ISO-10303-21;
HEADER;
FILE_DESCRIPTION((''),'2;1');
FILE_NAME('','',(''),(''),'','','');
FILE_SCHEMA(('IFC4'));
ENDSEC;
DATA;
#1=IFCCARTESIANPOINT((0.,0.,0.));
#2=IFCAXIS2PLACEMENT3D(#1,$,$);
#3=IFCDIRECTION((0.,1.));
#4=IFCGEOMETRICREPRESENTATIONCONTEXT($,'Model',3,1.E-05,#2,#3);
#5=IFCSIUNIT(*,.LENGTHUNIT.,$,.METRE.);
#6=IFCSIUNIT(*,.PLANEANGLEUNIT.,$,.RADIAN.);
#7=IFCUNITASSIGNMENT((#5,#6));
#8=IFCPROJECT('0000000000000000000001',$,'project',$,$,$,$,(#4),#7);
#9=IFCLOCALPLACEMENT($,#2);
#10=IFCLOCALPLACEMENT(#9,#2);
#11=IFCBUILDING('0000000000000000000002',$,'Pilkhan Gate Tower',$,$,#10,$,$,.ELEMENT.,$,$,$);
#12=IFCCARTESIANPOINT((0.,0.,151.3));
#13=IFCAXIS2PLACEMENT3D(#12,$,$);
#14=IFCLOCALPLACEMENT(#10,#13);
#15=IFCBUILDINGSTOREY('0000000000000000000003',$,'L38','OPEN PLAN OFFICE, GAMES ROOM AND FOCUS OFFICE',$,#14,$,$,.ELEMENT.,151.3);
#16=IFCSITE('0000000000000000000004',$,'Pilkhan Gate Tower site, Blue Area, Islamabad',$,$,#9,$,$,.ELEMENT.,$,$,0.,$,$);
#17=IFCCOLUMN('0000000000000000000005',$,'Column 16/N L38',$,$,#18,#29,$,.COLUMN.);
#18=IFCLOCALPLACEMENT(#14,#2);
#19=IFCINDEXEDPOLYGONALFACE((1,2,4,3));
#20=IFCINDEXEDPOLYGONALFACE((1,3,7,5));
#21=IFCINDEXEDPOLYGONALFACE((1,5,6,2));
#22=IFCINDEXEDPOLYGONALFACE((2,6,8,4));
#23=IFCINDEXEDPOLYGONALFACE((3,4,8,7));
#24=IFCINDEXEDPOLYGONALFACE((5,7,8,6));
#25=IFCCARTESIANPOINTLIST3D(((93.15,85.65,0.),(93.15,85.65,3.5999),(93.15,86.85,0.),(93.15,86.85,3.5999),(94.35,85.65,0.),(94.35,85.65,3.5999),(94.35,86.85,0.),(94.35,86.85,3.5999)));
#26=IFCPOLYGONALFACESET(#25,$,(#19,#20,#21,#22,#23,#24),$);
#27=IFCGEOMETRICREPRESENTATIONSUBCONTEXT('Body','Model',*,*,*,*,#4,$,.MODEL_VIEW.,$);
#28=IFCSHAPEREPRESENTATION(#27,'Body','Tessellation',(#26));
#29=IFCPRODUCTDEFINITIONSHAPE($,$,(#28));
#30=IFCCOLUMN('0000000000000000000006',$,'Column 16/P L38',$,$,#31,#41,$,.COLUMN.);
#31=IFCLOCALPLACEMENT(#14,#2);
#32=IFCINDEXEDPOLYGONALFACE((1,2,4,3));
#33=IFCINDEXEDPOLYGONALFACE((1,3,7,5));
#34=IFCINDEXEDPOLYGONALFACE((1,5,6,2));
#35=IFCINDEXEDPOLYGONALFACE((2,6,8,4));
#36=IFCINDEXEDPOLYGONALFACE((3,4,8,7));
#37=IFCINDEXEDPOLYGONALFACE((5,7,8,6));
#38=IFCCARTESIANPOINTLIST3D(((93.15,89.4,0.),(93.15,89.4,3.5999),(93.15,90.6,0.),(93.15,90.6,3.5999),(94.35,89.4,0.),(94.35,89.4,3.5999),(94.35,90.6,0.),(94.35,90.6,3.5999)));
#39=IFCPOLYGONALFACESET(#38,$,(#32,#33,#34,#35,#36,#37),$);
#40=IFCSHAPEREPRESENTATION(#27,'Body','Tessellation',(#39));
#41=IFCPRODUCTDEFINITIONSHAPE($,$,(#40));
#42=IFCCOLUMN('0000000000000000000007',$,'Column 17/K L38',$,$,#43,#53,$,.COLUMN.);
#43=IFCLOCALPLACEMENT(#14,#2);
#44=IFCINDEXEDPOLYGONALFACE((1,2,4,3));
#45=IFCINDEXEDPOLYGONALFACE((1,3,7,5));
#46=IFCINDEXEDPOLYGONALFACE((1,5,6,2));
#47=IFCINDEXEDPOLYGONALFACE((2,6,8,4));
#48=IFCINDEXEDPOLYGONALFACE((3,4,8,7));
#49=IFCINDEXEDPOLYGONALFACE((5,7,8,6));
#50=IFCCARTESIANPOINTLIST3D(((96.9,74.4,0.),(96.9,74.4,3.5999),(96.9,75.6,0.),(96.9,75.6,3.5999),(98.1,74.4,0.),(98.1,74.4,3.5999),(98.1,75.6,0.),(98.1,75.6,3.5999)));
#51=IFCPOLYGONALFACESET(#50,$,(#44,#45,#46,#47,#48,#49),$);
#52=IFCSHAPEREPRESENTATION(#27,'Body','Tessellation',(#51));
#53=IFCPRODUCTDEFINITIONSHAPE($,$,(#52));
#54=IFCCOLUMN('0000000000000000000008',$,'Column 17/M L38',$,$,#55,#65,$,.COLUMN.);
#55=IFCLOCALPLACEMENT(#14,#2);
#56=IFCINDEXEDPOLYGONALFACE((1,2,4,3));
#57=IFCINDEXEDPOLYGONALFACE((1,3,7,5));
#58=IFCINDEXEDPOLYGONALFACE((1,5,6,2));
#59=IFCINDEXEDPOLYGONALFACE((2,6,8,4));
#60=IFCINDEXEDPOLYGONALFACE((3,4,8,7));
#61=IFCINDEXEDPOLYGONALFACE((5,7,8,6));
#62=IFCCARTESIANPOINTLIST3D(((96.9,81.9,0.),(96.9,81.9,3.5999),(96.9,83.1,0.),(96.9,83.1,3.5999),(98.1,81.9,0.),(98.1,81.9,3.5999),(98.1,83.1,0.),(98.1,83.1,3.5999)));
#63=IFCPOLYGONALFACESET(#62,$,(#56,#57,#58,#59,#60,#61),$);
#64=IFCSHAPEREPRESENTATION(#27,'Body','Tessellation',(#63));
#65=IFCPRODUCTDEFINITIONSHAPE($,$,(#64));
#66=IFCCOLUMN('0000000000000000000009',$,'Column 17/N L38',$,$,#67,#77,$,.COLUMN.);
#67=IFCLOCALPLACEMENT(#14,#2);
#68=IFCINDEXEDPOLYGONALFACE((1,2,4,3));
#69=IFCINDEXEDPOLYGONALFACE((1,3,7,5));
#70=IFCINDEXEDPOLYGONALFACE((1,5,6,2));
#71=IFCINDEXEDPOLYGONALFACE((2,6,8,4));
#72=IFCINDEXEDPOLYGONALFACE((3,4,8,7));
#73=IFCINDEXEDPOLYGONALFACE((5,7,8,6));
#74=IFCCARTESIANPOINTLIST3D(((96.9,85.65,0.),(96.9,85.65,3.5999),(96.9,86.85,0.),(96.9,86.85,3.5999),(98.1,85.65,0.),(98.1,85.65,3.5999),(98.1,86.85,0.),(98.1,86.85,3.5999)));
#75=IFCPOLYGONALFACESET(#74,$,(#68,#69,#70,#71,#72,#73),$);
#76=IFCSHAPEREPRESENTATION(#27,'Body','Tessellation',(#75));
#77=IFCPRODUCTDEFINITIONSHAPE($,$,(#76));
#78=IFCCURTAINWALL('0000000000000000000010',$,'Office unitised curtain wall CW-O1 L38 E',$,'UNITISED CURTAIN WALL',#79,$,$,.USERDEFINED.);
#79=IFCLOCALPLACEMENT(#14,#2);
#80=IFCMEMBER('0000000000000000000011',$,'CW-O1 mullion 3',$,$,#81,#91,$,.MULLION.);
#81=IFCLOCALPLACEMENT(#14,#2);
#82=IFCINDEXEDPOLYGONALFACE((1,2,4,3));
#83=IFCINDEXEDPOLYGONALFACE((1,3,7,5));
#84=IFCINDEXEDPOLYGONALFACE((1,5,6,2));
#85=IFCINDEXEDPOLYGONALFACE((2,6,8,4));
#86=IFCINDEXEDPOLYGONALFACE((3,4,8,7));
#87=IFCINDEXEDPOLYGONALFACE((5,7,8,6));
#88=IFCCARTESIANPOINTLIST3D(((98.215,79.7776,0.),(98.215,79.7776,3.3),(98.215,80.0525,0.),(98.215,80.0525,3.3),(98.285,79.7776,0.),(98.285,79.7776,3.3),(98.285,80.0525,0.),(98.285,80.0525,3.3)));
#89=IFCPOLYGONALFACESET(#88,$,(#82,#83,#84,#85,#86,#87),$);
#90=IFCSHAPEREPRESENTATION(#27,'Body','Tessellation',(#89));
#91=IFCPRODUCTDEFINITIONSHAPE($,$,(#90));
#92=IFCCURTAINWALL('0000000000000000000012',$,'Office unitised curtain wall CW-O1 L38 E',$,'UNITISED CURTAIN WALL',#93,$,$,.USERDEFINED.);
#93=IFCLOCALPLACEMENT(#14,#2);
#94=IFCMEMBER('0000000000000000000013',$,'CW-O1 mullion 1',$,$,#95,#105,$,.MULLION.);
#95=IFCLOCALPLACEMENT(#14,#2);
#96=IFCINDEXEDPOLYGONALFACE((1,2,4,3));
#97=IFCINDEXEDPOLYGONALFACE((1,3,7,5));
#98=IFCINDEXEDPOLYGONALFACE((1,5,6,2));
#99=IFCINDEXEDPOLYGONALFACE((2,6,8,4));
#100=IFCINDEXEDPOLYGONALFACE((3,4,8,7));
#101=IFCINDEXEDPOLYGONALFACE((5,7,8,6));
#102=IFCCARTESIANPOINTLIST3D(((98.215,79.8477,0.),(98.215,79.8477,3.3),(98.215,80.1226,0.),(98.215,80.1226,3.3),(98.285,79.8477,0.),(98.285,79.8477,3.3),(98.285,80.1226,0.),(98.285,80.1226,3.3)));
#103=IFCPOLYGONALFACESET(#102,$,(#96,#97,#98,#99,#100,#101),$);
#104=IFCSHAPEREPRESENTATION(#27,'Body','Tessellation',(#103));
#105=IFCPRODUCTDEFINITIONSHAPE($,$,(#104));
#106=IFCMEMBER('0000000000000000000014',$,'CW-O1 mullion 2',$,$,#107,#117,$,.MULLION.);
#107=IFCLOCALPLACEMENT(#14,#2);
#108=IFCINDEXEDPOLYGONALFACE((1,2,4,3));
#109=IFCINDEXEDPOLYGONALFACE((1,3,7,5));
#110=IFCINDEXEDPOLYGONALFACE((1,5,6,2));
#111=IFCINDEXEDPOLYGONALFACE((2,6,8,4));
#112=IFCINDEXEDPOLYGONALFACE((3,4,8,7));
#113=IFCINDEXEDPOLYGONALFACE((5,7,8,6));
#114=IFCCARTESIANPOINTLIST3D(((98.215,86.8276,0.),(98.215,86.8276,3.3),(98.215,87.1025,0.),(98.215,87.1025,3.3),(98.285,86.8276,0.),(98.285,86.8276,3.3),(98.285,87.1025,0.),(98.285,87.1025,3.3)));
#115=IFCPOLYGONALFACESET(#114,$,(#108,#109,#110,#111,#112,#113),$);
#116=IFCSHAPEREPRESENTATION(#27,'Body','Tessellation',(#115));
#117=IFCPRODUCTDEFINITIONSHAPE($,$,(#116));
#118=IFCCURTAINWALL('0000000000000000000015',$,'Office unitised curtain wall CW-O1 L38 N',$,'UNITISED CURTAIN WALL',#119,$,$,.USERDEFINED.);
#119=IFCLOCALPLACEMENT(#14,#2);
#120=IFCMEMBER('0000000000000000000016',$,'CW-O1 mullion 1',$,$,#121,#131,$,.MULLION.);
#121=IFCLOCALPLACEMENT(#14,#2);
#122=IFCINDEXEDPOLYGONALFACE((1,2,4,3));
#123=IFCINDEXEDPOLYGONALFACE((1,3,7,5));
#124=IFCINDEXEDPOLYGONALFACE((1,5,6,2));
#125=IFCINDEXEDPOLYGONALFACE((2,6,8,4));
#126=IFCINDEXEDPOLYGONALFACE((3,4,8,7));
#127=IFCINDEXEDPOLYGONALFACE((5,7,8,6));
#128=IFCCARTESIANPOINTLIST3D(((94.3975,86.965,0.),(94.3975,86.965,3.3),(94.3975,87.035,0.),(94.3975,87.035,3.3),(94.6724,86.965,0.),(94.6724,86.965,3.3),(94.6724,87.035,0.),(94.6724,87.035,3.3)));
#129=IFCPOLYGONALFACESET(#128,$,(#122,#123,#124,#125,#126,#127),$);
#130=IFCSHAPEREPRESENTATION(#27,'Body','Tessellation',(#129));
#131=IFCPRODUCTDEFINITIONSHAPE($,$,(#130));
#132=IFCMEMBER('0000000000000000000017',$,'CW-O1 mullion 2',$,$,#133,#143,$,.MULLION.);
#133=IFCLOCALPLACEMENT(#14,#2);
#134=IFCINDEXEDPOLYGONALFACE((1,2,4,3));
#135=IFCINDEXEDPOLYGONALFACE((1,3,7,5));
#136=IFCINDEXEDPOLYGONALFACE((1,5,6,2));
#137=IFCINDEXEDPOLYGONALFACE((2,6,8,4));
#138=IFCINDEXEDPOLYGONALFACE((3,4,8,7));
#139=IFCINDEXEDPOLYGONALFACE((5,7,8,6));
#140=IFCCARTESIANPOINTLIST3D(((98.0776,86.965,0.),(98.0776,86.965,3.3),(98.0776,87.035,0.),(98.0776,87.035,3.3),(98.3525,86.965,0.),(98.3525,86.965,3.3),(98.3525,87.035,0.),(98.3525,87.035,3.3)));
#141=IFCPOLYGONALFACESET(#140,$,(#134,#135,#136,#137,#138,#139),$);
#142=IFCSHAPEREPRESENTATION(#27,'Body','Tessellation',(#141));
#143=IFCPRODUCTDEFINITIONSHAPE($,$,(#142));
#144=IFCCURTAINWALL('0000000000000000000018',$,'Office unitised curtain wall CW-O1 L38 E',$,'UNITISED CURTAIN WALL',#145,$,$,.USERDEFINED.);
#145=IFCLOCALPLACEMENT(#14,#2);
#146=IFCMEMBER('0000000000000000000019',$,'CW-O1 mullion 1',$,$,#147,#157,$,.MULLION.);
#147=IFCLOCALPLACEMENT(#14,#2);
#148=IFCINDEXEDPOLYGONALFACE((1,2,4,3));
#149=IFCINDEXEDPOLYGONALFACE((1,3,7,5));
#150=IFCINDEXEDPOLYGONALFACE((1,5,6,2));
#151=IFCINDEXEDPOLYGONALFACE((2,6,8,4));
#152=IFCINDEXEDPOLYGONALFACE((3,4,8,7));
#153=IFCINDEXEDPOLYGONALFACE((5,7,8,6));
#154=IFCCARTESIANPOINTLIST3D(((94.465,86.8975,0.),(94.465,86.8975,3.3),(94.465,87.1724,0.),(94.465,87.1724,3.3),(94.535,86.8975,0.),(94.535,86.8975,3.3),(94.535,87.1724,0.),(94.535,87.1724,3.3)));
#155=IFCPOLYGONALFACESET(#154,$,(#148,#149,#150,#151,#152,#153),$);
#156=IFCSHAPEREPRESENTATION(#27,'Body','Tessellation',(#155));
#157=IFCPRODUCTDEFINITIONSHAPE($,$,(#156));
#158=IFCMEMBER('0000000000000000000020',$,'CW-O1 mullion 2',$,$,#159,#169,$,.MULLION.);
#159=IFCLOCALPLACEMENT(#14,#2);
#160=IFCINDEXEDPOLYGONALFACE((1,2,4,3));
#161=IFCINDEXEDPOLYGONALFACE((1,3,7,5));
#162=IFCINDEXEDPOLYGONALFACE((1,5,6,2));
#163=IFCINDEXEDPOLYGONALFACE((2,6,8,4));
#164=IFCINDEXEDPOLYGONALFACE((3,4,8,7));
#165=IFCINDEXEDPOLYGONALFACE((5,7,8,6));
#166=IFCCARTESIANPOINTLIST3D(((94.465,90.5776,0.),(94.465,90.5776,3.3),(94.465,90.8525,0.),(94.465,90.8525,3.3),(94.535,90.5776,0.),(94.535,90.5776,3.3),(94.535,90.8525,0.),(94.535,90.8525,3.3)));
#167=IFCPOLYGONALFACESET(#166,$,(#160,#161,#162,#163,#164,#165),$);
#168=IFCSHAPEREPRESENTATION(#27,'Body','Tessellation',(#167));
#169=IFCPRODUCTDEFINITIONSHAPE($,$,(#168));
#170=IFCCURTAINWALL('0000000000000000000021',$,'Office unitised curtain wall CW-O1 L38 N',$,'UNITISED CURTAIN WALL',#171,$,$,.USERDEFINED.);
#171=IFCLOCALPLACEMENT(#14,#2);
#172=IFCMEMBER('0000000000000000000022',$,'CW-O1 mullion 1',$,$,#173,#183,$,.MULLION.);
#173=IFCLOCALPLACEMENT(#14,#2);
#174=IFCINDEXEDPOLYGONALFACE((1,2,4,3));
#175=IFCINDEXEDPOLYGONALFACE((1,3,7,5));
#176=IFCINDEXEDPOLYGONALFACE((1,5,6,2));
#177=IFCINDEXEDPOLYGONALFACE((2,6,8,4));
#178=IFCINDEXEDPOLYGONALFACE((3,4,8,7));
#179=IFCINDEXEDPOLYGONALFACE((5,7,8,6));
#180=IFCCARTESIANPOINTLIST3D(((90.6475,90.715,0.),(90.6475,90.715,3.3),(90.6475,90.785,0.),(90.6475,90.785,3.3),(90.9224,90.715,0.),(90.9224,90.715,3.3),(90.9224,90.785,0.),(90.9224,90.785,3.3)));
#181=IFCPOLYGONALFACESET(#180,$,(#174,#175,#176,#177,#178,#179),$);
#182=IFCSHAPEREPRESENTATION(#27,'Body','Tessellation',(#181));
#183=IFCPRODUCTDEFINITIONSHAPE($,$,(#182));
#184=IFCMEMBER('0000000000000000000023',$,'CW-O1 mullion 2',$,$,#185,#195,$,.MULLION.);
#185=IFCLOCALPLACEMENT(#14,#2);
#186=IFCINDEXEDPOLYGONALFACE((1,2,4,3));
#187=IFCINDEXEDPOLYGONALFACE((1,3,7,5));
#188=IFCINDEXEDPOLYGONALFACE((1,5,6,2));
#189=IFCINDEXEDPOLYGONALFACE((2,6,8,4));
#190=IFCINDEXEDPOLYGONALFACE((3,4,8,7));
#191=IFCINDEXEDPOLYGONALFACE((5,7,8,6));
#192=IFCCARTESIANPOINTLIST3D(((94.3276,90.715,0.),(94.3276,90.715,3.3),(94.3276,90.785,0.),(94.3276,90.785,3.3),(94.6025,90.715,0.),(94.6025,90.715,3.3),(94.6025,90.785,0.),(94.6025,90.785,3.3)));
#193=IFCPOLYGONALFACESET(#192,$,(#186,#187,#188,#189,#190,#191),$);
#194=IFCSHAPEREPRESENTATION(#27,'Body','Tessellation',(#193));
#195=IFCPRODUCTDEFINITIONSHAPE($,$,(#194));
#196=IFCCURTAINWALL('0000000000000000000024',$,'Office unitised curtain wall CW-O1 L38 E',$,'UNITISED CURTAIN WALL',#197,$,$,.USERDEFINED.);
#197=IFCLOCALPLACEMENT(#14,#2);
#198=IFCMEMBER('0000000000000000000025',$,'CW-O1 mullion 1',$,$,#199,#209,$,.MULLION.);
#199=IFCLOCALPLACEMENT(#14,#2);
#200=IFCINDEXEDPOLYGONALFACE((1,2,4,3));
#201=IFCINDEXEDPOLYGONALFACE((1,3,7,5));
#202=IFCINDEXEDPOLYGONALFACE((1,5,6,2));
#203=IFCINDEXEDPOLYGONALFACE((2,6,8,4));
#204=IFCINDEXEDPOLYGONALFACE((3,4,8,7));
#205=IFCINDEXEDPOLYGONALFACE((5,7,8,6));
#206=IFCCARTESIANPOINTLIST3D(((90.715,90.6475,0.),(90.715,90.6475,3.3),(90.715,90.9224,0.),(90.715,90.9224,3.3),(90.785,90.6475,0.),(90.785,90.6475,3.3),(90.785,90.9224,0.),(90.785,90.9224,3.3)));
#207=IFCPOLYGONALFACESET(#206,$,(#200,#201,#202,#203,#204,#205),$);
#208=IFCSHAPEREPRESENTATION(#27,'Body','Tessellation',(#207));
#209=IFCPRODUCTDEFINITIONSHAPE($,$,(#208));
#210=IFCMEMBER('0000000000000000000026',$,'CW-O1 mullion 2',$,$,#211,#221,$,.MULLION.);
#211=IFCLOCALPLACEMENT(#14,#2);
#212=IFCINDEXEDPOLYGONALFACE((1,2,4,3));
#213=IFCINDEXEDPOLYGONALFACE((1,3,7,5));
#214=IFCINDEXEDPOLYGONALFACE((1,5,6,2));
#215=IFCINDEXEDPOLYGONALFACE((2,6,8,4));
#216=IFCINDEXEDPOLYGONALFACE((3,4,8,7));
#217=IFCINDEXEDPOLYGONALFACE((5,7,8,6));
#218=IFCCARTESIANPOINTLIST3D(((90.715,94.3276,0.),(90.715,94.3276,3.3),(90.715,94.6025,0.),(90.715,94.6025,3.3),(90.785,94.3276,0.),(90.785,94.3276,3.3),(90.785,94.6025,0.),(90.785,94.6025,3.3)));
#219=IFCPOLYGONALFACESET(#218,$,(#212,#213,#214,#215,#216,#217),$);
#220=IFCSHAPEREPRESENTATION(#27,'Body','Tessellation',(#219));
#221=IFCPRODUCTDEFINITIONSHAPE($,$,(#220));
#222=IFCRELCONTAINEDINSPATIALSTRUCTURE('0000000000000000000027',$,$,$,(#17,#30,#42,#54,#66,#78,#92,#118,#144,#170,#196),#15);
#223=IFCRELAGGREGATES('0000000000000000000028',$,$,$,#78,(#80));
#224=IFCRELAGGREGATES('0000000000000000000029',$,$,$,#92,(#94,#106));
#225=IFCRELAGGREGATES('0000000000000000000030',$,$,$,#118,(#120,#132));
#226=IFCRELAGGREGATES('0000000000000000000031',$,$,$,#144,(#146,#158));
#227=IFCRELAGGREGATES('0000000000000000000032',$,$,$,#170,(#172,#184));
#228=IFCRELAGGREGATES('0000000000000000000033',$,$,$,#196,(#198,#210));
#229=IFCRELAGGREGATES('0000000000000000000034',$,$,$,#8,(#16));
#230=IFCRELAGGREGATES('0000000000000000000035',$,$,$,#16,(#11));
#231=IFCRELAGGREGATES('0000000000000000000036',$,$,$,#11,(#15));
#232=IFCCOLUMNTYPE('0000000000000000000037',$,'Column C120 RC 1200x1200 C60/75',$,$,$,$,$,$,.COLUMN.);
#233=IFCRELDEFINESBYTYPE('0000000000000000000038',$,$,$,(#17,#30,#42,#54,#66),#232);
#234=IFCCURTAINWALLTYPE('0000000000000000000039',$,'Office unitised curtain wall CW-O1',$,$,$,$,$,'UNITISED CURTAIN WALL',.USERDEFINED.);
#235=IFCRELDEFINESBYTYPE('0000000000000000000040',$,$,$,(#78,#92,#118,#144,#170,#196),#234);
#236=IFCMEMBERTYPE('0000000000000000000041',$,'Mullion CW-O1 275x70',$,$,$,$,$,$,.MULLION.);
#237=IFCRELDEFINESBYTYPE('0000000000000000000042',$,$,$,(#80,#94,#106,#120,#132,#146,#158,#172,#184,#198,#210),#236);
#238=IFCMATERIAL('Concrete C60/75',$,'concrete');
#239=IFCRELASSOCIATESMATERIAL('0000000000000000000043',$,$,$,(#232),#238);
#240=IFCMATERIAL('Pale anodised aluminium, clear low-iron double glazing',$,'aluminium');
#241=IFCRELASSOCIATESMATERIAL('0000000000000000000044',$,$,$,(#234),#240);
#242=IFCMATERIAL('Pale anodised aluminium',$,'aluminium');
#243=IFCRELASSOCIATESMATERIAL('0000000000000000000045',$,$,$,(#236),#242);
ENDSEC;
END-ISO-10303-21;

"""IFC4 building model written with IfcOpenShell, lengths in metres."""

from ifc_helpers import new_model, si_unit, direction, frame, origin, origin_2d, place, context, subcontext, project, spatial, rectangle, extrude, material, material_profile, profile_set, type_object, element, aggregate, save


model = new_model("IFC4")

# Units and contexts
model_context = context("Model", 3, precision=1e-05, world=origin(), true_north=direction((0.0, 1.0)))
body_context = subcontext(model_context, "Body", "Model", "MODEL_VIEW")
ifc_project = project(units=[si_unit("LENGTHUNIT", "METRE"), si_unit("PLANEANGLEUNIT", "RADIAN")], contexts=[model_context])

# Site, building, storey
site_placement = place(None, origin())
site = spatial("IfcSite", under=ifc_project, at=site_placement, Name="Pilkhan Gate Tower site, Blue Area, Islamabad", CompositionType="ELEMENT", RefElevation=0.0)
building_placement = place(site_placement, origin())
building = spatial("IfcBuilding", under=site, at=building_placement, Name="Pilkhan Gate Tower", CompositionType="ELEMENT")
storey_placement = place(building_placement, frame((0.0, 0.0, 151.3)))
storey = spatial("IfcBuildingStorey", under=building, at=storey_placement, Name="L38", Description="OPEN PLAN OFFICE, GAMES ROOM AND FOCUS OFFICE", CompositionType="ELEMENT", Elevation=151.3)

# Columns
ifc_material_1 = material(Name="Concrete C60/75", Category="concrete")
ifc_material_profile_1 = material_profile(ifc_material_1, rectangle(XDim=1.2, YDim=1.2, at=origin_2d()), Name="RC 1200x1200")
ifc_profile_set_1 = profile_set([ifc_material_profile_1], Name="Concrete C60/75")
column_type = type_object("IfcColumnType", Name="Column C120 RC 1200x1200 C60/75", PredefinedType="COLUMN", material=ifc_profile_set_1)
for number, where, z_axis, x_axis, name in (
    (1, (93.75, 86.25, 0.0), (0.0, 0.0, 1.0), (1.0, 0.0, 0.0), "Column 16/N L38"),
    (2, (93.75, 90.0, 0.0), (0.0, 0.0, 1.0), (1.0, 0.0, 0.0), "Column 16/P L38"),
    (3, (97.5, 75.0, 0.0), (0.0, 0.0, 1.0), (1.0, 0.0, 0.0), "Column 17/K L38"),
    (4, (97.5, 82.5, 0.0), (0.0, 0.0, 1.0), (1.0, 0.0, 0.0), "Column 17/M L38"),
    (5, (97.5, 86.25, 0.0), (0.0, 0.0, 1.0), (1.0, 0.0, 0.0), "Column 17/N L38"),
):
    element("IfcColumn", number, at=place(storey_placement, frame(where, z_axis=z_axis, x_axis=x_axis)), inside=storey, type_object=column_type, Name=name, PredefinedType="COLUMN", context=body_context, shape_type="SweptSolid", body=[
        extrude(rectangle(XDim=1.2, YDim=1.2, at=origin_2d()), origin(), (0.0, 0.0, 1.0), 3.5999),
    ])

# Curtain wall, member
ifc_material_2 = material(Name="Pale anodised aluminium, clear low-iron double glazing", Category="aluminium")
curtain_wall_type = type_object("IfcCurtainWallType", Name="Office unitised curtain wall CW-O1", ElementType="UNITISED CURTAIN WALL", PredefinedType="USERDEFINED", material=ifc_material_2)
curtain_wall_1_placement = place(storey_placement, origin())
curtain_wall_1 = element("IfcCurtainWall", 6, at=curtain_wall_1_placement, inside=storey, type_object=curtain_wall_type, Name="Office unitised curtain wall CW-O1 L38 E", ObjectType="UNITISED CURTAIN WALL", PredefinedType="USERDEFINED")
ifc_material_3 = material(Name="Pale anodised aluminium", Category="aluminium")
ifc_material_profile_2 = material_profile(ifc_material_3, rectangle(XDim=0.0701, YDim=0.2749, at=origin_2d()), Name="Mullion 275x70")
ifc_profile_set_2 = profile_set([ifc_material_profile_2], Name="Pale anodised aluminium")
member_type_1 = type_object("IfcMemberType", Name="Mullion CW-O1 275x70", PredefinedType="MULLION", material=ifc_profile_set_2)
member_1_placement = place(storey_placement, frame((98.25, 79.915, 0.0), z_axis=(0.0, 0.0, 1.0), x_axis=(-1.0, 0.0, 0.0)))
member_1 = element("IfcMember", 7, at=member_1_placement, type_object=member_type_1, Name="CW-O1 mullion 3", PredefinedType="MULLION", context=body_context, shape_type="SweptSolid", body=[
    extrude(rectangle(XDim=0.0701, YDim=0.2749, at=origin_2d()), origin(), (0.0, 0.0, 1.0), 3.3),
])

# Curtain walls, members
curtain_wall_2_placement = place(storey_placement, origin())
curtain_wall_2 = element("IfcCurtainWall", 8, at=curtain_wall_2_placement, inside=storey, type_object=curtain_wall_type, Name="Office unitised curtain wall CW-O1 L38 E", ObjectType="UNITISED CURTAIN WALL", PredefinedType="USERDEFINED")
member_2_placement = place(storey_placement, frame((98.25, 79.9851, 0.0), z_axis=(0.0, 0.0, 1.0), x_axis=(-1.0, 0.0, 0.0)))
member_2 = element("IfcMember", 9, at=member_2_placement, type_object=member_type_1, Name="CW-O1 mullion 1", PredefinedType="MULLION", context=body_context, shape_type="SweptSolid", body=[
    extrude(rectangle(XDim=0.0701, YDim=0.2749, at=origin_2d()), origin(), (0.0, 0.0, 1.0), 3.3),
])
member_3_placement = place(storey_placement, frame((98.25, 86.9651, 0.0), z_axis=(0.0, 0.0, 1.0), x_axis=(-1.0, 0.0, 0.0)))
member_3 = element("IfcMember", 10, at=member_3_placement, type_object=member_type_1, Name="CW-O1 mullion 2", PredefinedType="MULLION", context=body_context, shape_type="SweptSolid", body=[
    extrude(rectangle(XDim=0.0701, YDim=0.2749, at=origin_2d()), origin(), (0.0, 0.0, 1.0), 3.3),
])
curtain_wall_3_placement = place(storey_placement, origin())
curtain_wall_3 = element("IfcCurtainWall", 11, at=curtain_wall_3_placement, inside=storey, type_object=curtain_wall_type, Name="Office unitised curtain wall CW-O1 L38 N", ObjectType="UNITISED CURTAIN WALL", PredefinedType="USERDEFINED")
member_4_placement = place(storey_placement, frame((94.5349, 87.0, 0.0), z_axis=(0.0, 0.0, 1.0), x_axis=(0.0, 1.0, 0.0)))
member_4 = element("IfcMember", 12, at=member_4_placement, type_object=member_type_1, Name="CW-O1 mullion 1", PredefinedType="MULLION", context=body_context, shape_type="SweptSolid", body=[
    extrude(rectangle(XDim=0.0701, YDim=0.2749, at=origin_2d()), origin(), (0.0, 0.0, 1.0), 3.3),
])
member_5_placement = place(storey_placement, frame((98.2151, 87.0, 0.0), z_axis=(0.0, 0.0, 1.0), x_axis=(0.0, 1.0, 0.0)))
member_5 = element("IfcMember", 13, at=member_5_placement, type_object=member_type_1, Name="CW-O1 mullion 2", PredefinedType="MULLION", context=body_context, shape_type="SweptSolid", body=[
    extrude(rectangle(XDim=0.0701, YDim=0.2749, at=origin_2d()), origin(), (0.0, 0.0, 1.0), 3.3),
])
curtain_wall_4_placement = place(storey_placement, origin())
curtain_wall_4 = element("IfcCurtainWall", 14, at=curtain_wall_4_placement, inside=storey, type_object=curtain_wall_type, Name="Office unitised curtain wall CW-O1 L38 E", ObjectType="UNITISED CURTAIN WALL", PredefinedType="USERDEFINED")
member_6_placement = place(storey_placement, frame((94.5, 87.0349, 0.0), z_axis=(0.0, 0.0, 1.0), x_axis=(-1.0, 0.0, 0.0)))
member_6 = element("IfcMember", 15, at=member_6_placement, type_object=member_type_1, Name="CW-O1 mullion 1", PredefinedType="MULLION", context=body_context, shape_type="SweptSolid", body=[
    extrude(rectangle(XDim=0.0701, YDim=0.2749, at=origin_2d()), origin(), (0.0, 0.0, 1.0), 3.3),
])
member_7_placement = place(storey_placement, frame((94.5, 90.7151, 0.0), z_axis=(0.0, 0.0, 1.0), x_axis=(-1.0, 0.0, 0.0)))
member_7 = element("IfcMember", 16, at=member_7_placement, type_object=member_type_1, Name="CW-O1 mullion 2", PredefinedType="MULLION", context=body_context, shape_type="SweptSolid", body=[
    extrude(rectangle(XDim=0.0701, YDim=0.2749, at=origin_2d()), origin(), (0.0, 0.0, 1.0), 3.3),
])
curtain_wall_5_placement = place(storey_placement, origin())
curtain_wall_5 = element("IfcCurtainWall", 17, at=curtain_wall_5_placement, inside=storey, type_object=curtain_wall_type, Name="Office unitised curtain wall CW-O1 L38 N", ObjectType="UNITISED CURTAIN WALL", PredefinedType="USERDEFINED")
member_8_placement = place(storey_placement, frame((90.7849, 90.75, 0.0), z_axis=(0.0, 0.0, 1.0), x_axis=(0.0, 1.0, 0.0)))
member_8 = element("IfcMember", 18, at=member_8_placement, type_object=member_type_1, Name="CW-O1 mullion 1", PredefinedType="MULLION", context=body_context, shape_type="SweptSolid", body=[
    extrude(rectangle(XDim=0.0701, YDim=0.2749, at=origin_2d()), origin(), (0.0, 0.0, 1.0), 3.3),
])
member_9_placement = place(storey_placement, frame((94.4651, 90.75, 0.0), z_axis=(0.0, 0.0, 1.0), x_axis=(0.0, 1.0, 0.0)))
member_9 = element("IfcMember", 19, at=member_9_placement, type_object=member_type_1, Name="CW-O1 mullion 2", PredefinedType="MULLION", context=body_context, shape_type="SweptSolid", body=[
    extrude(rectangle(XDim=0.0701, YDim=0.2749, at=origin_2d()), origin(), (0.0, 0.0, 1.0), 3.3),
])
curtain_wall_6_placement = place(storey_placement, origin())
curtain_wall_6 = element("IfcCurtainWall", 20, at=curtain_wall_6_placement, inside=storey, type_object=curtain_wall_type, Name="Office unitised curtain wall CW-O1 L38 E", ObjectType="UNITISED CURTAIN WALL", PredefinedType="USERDEFINED")
member_10_placement = place(storey_placement, frame((90.75, 90.7849, 0.0), z_axis=(0.0, 0.0, 1.0), x_axis=(-1.0, 0.0, 0.0)))
member_10 = element("IfcMember", 21, at=member_10_placement, type_object=member_type_1, Name="CW-O1 mullion 1", PredefinedType="MULLION", context=body_context, shape_type="SweptSolid", body=[
    extrude(rectangle(XDim=0.0701, YDim=0.2749, at=origin_2d()), origin(), (0.0, 0.0, 1.0), 3.3),
])
member_11_placement = place(storey_placement, frame((90.75, 94.4651, 0.0), z_axis=(0.0, 0.0, 1.0), x_axis=(-1.0, 0.0, 0.0)))
member_11 = element("IfcMember", 22, at=member_11_placement, type_object=member_type_1, Name="CW-O1 mullion 2", PredefinedType="MULLION", context=body_context, shape_type="SweptSolid", body=[
    extrude(rectangle(XDim=0.0701, YDim=0.2749, at=origin_2d()), origin(), (0.0, 0.0, 1.0), 3.3),
])

aggregate(curtain_wall_1, [member_1])
aggregate(curtain_wall_2, [member_2, member_3])
aggregate(curtain_wall_3, [member_4, member_5])
aggregate(curtain_wall_4, [member_6, member_7])
aggregate(curtain_wall_5, [member_8, member_9])
aggregate(curtain_wall_6, [member_10, member_11])

save(model, "model.ifc")
